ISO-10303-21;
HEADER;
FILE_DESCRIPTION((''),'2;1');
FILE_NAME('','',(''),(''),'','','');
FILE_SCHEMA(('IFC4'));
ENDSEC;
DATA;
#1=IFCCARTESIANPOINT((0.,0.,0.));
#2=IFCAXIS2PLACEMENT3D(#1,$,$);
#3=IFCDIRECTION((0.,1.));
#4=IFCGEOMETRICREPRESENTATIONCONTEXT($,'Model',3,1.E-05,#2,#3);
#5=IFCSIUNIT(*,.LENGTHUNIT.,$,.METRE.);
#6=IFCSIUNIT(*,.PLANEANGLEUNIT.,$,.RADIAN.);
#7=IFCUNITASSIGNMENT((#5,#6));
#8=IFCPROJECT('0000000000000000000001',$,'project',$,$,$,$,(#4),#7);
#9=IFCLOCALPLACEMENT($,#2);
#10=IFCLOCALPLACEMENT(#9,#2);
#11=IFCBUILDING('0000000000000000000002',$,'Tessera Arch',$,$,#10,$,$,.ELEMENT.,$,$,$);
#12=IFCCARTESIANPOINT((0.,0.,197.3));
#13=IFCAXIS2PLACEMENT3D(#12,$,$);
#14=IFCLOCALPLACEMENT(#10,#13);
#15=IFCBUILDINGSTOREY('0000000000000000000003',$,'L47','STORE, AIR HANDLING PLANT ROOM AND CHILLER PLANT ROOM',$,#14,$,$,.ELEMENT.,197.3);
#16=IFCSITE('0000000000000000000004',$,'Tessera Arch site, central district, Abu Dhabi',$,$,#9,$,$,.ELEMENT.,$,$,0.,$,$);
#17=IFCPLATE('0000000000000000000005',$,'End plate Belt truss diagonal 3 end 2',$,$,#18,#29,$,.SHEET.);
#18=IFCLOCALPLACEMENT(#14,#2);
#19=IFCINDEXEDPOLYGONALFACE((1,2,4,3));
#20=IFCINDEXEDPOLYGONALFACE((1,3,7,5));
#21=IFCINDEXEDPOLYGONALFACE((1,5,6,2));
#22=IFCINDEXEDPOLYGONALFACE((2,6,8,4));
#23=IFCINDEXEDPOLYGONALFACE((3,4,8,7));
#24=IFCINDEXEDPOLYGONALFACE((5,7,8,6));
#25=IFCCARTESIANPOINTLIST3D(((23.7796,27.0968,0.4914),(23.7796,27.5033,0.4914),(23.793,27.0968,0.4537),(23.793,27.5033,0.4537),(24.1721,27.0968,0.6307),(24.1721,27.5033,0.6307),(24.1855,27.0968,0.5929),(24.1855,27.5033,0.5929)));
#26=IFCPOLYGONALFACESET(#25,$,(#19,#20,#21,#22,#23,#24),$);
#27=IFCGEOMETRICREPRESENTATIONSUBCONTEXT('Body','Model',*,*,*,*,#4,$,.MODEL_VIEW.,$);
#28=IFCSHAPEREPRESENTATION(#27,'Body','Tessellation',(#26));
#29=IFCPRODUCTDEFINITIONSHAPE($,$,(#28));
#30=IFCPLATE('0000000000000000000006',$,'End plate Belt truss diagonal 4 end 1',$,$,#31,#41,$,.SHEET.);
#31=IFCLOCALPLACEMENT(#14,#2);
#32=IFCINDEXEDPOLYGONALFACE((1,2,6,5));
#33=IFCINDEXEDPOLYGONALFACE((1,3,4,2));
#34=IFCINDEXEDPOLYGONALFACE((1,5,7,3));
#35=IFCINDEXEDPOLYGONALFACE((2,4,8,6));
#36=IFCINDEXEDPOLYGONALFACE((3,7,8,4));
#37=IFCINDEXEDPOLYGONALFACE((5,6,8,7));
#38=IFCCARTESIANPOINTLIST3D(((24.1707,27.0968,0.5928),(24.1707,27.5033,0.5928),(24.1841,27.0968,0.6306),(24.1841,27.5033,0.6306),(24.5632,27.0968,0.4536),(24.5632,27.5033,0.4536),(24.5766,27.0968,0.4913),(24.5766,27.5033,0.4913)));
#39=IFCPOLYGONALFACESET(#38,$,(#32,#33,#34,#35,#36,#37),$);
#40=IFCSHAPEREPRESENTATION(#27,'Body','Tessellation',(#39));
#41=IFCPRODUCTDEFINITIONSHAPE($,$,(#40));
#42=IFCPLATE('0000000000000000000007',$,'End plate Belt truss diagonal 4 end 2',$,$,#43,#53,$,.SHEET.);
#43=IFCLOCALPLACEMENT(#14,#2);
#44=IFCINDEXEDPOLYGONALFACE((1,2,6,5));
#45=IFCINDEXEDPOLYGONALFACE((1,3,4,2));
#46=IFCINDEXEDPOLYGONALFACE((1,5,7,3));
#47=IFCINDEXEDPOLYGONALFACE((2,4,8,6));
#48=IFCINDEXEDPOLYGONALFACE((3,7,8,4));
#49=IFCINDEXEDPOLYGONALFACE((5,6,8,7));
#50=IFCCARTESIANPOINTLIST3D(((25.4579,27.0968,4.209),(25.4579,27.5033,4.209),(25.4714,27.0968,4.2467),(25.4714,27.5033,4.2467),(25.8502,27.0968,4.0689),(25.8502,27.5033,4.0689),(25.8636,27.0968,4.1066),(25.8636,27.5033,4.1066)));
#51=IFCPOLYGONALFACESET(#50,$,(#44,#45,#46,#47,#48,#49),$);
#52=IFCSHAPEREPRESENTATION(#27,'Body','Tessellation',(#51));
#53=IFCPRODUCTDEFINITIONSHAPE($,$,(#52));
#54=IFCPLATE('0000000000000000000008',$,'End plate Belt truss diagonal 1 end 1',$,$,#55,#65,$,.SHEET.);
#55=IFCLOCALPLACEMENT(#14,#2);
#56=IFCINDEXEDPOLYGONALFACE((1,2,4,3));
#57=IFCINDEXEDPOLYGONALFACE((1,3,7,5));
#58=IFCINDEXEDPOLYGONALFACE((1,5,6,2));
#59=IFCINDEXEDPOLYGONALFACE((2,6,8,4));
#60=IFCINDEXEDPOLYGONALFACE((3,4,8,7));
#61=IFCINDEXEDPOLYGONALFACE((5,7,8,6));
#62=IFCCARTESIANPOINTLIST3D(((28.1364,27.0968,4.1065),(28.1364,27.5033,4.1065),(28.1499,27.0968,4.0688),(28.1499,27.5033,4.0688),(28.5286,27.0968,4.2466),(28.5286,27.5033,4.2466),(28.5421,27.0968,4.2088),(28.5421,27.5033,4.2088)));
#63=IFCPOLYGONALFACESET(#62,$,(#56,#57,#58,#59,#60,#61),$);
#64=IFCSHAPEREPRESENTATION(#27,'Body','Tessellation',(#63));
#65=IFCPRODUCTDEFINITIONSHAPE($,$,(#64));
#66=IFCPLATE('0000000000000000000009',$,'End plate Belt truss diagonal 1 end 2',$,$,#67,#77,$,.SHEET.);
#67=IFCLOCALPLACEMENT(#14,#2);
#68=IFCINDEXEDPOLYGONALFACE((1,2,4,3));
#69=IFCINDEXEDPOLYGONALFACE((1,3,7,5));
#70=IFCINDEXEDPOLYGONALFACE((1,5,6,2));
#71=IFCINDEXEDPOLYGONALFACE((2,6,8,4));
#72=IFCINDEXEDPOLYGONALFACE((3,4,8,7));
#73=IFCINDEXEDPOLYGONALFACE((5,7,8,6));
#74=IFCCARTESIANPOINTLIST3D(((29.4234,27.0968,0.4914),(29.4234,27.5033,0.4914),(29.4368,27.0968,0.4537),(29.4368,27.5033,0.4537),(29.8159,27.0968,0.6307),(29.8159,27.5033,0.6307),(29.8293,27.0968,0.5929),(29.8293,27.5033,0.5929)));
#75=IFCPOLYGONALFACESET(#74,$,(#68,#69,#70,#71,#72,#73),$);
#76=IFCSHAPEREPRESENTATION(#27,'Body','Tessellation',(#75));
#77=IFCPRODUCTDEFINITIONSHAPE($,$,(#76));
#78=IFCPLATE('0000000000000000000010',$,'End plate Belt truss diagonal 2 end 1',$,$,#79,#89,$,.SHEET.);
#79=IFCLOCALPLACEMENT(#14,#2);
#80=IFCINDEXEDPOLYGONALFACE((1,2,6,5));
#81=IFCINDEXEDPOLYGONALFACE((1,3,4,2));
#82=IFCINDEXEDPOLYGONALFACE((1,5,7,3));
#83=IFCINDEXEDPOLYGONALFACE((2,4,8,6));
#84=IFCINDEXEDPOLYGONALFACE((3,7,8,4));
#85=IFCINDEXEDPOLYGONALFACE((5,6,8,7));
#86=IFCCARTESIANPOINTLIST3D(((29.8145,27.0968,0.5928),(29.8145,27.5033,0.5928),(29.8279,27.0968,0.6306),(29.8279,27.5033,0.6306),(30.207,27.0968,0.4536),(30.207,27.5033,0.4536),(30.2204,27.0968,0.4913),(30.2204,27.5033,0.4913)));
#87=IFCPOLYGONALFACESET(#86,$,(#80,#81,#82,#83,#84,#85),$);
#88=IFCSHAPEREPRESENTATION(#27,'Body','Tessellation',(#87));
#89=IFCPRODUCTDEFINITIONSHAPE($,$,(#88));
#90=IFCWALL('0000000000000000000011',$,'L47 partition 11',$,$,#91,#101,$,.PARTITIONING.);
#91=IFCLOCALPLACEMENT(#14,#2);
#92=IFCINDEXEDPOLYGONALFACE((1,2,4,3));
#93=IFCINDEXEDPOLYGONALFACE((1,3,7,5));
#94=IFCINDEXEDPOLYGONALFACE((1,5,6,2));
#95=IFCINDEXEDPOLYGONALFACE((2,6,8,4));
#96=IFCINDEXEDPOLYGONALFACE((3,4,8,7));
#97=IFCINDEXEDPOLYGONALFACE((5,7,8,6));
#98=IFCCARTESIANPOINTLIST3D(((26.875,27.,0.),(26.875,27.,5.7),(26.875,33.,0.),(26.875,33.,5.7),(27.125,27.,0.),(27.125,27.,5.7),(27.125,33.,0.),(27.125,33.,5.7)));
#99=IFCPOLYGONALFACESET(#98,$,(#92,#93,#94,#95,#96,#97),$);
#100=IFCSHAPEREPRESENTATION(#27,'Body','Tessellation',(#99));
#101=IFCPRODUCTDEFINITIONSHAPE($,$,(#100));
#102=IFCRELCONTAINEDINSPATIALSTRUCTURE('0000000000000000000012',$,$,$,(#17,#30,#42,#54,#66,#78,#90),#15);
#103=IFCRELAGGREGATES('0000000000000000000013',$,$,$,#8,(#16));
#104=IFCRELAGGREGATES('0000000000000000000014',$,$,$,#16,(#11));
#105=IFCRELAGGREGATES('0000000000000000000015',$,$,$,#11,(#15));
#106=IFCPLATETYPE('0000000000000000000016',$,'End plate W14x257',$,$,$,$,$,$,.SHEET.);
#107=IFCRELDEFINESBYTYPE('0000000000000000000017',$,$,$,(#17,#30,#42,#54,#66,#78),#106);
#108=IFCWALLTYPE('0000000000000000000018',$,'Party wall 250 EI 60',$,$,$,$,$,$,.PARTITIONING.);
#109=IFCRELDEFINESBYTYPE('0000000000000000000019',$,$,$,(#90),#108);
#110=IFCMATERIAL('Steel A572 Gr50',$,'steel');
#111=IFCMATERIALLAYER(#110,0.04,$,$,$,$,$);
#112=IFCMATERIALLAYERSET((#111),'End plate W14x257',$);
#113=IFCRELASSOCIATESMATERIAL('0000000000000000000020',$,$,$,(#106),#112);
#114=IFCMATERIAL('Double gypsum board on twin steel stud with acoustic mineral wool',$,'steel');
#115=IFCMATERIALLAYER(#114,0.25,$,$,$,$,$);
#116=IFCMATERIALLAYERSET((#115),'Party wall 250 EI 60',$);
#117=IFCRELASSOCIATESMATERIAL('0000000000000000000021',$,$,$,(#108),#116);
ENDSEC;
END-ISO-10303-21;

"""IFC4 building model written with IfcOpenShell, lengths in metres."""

from ifc_helpers import new_model, si_unit, direction, frame, frame_2d, origin, origin_2d, place, context, subcontext, project, spatial, rectangle, extrude, material, layer, layer_set, type_object, element, save


model = new_model("IFC4")

# Units and contexts
model_context = context("Model", 3, precision=1e-05, world=origin(), true_north=direction((0.0, 1.0)))
body_context = subcontext(model_context, "Body", "Model", "MODEL_VIEW")
ifc_project = project(units=[si_unit("LENGTHUNIT", "METRE"), si_unit("PLANEANGLEUNIT", "RADIAN")], contexts=[model_context])

# Site, building, storey
site_placement = place(None, origin())
site = spatial("IfcSite", under=ifc_project, at=site_placement, Name="Tessera Arch site, central district, Abu Dhabi", CompositionType="ELEMENT", RefElevation=0.0)
building_placement = place(site_placement, origin())
building = spatial("IfcBuilding", under=site, at=building_placement, Name="Tessera Arch", CompositionType="ELEMENT")
storey_placement = place(building_placement, frame((0.0, 0.0, 197.3)))
storey = spatial("IfcBuildingStorey", under=building, at=storey_placement, Name="L47", Description="STORE, AIR HANDLING PLANT ROOM AND CHILLER PLANT ROOM", CompositionType="ELEMENT", Elevation=197.3)

# Plates
ifc_material_1 = material(Name="Steel A572 Gr50", Category="steel")
ifc_layer_1 = layer(ifc_material_1, 0.04)
ifc_layer_set_1 = layer_set([ifc_layer_1], Name="End plate W14x257")
plate_type_1 = type_object("IfcPlateType", Name="End plate W14x257", PredefinedType="SHEET", material=ifc_layer_set_1)
for number, where, z_axis, x_axis, name in (
    (1, (23.9758, 27.3, 0.561), (0.33441, 0.0, -0.942428), (0.0, 1.0, 0.0), "End plate Belt truss diagonal 3 end 2"),
    (2, (24.3669, 27.3, 0.5232), (0.33441, 0.0, 0.942428), (0.0, 1.0, 0.0), "End plate Belt truss diagonal 4 end 1"),
    (3, (25.6541, 27.3, 4.1389), (0.336336, 0.0, 0.941742), (0.0, 1.0, 0.0), "End plate Belt truss diagonal 4 end 2"),
    (4, (28.3325, 27.3, 4.1765), (0.336336, 0.0, -0.941742), (0.0, 1.0, 0.0), "End plate Belt truss diagonal 1 end 1"),
    (5, (29.6196, 27.3, 0.561), (0.33441, 0.0, -0.942428), (0.0, 1.0, 0.0), "End plate Belt truss diagonal 1 end 2"),
    (6, (30.0107, 27.3, 0.5232), (0.33441, 0.0, 0.942428), (0.0, 1.0, 0.0), "End plate Belt truss diagonal 2 end 1"),
):
    element("IfcPlate", number, at=place(storey_placement, frame(where, z_axis=z_axis, x_axis=x_axis)), inside=storey, type_object=plate_type_1, Name=name, PredefinedType="SHEET", context=body_context, shape_type="SweptSolid", body=[
        extrude(rectangle(XDim=0.4065, YDim=0.4165, at=origin_2d()), origin(), (0.0, 0.0, 1.0), 0.04),
    ])

# Wall
ifc_material_2 = material(Name="Double gypsum board on twin steel stud with acoustic mineral wool", Category="steel")
ifc_layer_2 = layer(ifc_material_2, 0.25)
ifc_layer_set_2 = layer_set([ifc_layer_2], Name="Party wall 250 EI 60")
wall_type = type_object("IfcWallType", Name="Party wall 250 EI 60", PredefinedType="PARTITIONING", material=ifc_layer_set_2)
wall_placement = place(storey_placement, frame((27.0, 27.0, 0.0), z_axis=(0.0, 0.0, 1.0), x_axis=(0.0, 1.0, 0.0)))
element("IfcWall", 7, at=wall_placement, inside=storey, type_object=wall_type, Name="L47 partition 11", PredefinedType="PARTITIONING", context=body_context, shape_type="SweptSolid", body=[
    extrude(rectangle(XDim=6.0, YDim=0.25, at=frame_2d((3.0, 0.0))), origin(), (0.0, 0.0, 1.0), 5.7),
])

save(model, "model.ifc")
